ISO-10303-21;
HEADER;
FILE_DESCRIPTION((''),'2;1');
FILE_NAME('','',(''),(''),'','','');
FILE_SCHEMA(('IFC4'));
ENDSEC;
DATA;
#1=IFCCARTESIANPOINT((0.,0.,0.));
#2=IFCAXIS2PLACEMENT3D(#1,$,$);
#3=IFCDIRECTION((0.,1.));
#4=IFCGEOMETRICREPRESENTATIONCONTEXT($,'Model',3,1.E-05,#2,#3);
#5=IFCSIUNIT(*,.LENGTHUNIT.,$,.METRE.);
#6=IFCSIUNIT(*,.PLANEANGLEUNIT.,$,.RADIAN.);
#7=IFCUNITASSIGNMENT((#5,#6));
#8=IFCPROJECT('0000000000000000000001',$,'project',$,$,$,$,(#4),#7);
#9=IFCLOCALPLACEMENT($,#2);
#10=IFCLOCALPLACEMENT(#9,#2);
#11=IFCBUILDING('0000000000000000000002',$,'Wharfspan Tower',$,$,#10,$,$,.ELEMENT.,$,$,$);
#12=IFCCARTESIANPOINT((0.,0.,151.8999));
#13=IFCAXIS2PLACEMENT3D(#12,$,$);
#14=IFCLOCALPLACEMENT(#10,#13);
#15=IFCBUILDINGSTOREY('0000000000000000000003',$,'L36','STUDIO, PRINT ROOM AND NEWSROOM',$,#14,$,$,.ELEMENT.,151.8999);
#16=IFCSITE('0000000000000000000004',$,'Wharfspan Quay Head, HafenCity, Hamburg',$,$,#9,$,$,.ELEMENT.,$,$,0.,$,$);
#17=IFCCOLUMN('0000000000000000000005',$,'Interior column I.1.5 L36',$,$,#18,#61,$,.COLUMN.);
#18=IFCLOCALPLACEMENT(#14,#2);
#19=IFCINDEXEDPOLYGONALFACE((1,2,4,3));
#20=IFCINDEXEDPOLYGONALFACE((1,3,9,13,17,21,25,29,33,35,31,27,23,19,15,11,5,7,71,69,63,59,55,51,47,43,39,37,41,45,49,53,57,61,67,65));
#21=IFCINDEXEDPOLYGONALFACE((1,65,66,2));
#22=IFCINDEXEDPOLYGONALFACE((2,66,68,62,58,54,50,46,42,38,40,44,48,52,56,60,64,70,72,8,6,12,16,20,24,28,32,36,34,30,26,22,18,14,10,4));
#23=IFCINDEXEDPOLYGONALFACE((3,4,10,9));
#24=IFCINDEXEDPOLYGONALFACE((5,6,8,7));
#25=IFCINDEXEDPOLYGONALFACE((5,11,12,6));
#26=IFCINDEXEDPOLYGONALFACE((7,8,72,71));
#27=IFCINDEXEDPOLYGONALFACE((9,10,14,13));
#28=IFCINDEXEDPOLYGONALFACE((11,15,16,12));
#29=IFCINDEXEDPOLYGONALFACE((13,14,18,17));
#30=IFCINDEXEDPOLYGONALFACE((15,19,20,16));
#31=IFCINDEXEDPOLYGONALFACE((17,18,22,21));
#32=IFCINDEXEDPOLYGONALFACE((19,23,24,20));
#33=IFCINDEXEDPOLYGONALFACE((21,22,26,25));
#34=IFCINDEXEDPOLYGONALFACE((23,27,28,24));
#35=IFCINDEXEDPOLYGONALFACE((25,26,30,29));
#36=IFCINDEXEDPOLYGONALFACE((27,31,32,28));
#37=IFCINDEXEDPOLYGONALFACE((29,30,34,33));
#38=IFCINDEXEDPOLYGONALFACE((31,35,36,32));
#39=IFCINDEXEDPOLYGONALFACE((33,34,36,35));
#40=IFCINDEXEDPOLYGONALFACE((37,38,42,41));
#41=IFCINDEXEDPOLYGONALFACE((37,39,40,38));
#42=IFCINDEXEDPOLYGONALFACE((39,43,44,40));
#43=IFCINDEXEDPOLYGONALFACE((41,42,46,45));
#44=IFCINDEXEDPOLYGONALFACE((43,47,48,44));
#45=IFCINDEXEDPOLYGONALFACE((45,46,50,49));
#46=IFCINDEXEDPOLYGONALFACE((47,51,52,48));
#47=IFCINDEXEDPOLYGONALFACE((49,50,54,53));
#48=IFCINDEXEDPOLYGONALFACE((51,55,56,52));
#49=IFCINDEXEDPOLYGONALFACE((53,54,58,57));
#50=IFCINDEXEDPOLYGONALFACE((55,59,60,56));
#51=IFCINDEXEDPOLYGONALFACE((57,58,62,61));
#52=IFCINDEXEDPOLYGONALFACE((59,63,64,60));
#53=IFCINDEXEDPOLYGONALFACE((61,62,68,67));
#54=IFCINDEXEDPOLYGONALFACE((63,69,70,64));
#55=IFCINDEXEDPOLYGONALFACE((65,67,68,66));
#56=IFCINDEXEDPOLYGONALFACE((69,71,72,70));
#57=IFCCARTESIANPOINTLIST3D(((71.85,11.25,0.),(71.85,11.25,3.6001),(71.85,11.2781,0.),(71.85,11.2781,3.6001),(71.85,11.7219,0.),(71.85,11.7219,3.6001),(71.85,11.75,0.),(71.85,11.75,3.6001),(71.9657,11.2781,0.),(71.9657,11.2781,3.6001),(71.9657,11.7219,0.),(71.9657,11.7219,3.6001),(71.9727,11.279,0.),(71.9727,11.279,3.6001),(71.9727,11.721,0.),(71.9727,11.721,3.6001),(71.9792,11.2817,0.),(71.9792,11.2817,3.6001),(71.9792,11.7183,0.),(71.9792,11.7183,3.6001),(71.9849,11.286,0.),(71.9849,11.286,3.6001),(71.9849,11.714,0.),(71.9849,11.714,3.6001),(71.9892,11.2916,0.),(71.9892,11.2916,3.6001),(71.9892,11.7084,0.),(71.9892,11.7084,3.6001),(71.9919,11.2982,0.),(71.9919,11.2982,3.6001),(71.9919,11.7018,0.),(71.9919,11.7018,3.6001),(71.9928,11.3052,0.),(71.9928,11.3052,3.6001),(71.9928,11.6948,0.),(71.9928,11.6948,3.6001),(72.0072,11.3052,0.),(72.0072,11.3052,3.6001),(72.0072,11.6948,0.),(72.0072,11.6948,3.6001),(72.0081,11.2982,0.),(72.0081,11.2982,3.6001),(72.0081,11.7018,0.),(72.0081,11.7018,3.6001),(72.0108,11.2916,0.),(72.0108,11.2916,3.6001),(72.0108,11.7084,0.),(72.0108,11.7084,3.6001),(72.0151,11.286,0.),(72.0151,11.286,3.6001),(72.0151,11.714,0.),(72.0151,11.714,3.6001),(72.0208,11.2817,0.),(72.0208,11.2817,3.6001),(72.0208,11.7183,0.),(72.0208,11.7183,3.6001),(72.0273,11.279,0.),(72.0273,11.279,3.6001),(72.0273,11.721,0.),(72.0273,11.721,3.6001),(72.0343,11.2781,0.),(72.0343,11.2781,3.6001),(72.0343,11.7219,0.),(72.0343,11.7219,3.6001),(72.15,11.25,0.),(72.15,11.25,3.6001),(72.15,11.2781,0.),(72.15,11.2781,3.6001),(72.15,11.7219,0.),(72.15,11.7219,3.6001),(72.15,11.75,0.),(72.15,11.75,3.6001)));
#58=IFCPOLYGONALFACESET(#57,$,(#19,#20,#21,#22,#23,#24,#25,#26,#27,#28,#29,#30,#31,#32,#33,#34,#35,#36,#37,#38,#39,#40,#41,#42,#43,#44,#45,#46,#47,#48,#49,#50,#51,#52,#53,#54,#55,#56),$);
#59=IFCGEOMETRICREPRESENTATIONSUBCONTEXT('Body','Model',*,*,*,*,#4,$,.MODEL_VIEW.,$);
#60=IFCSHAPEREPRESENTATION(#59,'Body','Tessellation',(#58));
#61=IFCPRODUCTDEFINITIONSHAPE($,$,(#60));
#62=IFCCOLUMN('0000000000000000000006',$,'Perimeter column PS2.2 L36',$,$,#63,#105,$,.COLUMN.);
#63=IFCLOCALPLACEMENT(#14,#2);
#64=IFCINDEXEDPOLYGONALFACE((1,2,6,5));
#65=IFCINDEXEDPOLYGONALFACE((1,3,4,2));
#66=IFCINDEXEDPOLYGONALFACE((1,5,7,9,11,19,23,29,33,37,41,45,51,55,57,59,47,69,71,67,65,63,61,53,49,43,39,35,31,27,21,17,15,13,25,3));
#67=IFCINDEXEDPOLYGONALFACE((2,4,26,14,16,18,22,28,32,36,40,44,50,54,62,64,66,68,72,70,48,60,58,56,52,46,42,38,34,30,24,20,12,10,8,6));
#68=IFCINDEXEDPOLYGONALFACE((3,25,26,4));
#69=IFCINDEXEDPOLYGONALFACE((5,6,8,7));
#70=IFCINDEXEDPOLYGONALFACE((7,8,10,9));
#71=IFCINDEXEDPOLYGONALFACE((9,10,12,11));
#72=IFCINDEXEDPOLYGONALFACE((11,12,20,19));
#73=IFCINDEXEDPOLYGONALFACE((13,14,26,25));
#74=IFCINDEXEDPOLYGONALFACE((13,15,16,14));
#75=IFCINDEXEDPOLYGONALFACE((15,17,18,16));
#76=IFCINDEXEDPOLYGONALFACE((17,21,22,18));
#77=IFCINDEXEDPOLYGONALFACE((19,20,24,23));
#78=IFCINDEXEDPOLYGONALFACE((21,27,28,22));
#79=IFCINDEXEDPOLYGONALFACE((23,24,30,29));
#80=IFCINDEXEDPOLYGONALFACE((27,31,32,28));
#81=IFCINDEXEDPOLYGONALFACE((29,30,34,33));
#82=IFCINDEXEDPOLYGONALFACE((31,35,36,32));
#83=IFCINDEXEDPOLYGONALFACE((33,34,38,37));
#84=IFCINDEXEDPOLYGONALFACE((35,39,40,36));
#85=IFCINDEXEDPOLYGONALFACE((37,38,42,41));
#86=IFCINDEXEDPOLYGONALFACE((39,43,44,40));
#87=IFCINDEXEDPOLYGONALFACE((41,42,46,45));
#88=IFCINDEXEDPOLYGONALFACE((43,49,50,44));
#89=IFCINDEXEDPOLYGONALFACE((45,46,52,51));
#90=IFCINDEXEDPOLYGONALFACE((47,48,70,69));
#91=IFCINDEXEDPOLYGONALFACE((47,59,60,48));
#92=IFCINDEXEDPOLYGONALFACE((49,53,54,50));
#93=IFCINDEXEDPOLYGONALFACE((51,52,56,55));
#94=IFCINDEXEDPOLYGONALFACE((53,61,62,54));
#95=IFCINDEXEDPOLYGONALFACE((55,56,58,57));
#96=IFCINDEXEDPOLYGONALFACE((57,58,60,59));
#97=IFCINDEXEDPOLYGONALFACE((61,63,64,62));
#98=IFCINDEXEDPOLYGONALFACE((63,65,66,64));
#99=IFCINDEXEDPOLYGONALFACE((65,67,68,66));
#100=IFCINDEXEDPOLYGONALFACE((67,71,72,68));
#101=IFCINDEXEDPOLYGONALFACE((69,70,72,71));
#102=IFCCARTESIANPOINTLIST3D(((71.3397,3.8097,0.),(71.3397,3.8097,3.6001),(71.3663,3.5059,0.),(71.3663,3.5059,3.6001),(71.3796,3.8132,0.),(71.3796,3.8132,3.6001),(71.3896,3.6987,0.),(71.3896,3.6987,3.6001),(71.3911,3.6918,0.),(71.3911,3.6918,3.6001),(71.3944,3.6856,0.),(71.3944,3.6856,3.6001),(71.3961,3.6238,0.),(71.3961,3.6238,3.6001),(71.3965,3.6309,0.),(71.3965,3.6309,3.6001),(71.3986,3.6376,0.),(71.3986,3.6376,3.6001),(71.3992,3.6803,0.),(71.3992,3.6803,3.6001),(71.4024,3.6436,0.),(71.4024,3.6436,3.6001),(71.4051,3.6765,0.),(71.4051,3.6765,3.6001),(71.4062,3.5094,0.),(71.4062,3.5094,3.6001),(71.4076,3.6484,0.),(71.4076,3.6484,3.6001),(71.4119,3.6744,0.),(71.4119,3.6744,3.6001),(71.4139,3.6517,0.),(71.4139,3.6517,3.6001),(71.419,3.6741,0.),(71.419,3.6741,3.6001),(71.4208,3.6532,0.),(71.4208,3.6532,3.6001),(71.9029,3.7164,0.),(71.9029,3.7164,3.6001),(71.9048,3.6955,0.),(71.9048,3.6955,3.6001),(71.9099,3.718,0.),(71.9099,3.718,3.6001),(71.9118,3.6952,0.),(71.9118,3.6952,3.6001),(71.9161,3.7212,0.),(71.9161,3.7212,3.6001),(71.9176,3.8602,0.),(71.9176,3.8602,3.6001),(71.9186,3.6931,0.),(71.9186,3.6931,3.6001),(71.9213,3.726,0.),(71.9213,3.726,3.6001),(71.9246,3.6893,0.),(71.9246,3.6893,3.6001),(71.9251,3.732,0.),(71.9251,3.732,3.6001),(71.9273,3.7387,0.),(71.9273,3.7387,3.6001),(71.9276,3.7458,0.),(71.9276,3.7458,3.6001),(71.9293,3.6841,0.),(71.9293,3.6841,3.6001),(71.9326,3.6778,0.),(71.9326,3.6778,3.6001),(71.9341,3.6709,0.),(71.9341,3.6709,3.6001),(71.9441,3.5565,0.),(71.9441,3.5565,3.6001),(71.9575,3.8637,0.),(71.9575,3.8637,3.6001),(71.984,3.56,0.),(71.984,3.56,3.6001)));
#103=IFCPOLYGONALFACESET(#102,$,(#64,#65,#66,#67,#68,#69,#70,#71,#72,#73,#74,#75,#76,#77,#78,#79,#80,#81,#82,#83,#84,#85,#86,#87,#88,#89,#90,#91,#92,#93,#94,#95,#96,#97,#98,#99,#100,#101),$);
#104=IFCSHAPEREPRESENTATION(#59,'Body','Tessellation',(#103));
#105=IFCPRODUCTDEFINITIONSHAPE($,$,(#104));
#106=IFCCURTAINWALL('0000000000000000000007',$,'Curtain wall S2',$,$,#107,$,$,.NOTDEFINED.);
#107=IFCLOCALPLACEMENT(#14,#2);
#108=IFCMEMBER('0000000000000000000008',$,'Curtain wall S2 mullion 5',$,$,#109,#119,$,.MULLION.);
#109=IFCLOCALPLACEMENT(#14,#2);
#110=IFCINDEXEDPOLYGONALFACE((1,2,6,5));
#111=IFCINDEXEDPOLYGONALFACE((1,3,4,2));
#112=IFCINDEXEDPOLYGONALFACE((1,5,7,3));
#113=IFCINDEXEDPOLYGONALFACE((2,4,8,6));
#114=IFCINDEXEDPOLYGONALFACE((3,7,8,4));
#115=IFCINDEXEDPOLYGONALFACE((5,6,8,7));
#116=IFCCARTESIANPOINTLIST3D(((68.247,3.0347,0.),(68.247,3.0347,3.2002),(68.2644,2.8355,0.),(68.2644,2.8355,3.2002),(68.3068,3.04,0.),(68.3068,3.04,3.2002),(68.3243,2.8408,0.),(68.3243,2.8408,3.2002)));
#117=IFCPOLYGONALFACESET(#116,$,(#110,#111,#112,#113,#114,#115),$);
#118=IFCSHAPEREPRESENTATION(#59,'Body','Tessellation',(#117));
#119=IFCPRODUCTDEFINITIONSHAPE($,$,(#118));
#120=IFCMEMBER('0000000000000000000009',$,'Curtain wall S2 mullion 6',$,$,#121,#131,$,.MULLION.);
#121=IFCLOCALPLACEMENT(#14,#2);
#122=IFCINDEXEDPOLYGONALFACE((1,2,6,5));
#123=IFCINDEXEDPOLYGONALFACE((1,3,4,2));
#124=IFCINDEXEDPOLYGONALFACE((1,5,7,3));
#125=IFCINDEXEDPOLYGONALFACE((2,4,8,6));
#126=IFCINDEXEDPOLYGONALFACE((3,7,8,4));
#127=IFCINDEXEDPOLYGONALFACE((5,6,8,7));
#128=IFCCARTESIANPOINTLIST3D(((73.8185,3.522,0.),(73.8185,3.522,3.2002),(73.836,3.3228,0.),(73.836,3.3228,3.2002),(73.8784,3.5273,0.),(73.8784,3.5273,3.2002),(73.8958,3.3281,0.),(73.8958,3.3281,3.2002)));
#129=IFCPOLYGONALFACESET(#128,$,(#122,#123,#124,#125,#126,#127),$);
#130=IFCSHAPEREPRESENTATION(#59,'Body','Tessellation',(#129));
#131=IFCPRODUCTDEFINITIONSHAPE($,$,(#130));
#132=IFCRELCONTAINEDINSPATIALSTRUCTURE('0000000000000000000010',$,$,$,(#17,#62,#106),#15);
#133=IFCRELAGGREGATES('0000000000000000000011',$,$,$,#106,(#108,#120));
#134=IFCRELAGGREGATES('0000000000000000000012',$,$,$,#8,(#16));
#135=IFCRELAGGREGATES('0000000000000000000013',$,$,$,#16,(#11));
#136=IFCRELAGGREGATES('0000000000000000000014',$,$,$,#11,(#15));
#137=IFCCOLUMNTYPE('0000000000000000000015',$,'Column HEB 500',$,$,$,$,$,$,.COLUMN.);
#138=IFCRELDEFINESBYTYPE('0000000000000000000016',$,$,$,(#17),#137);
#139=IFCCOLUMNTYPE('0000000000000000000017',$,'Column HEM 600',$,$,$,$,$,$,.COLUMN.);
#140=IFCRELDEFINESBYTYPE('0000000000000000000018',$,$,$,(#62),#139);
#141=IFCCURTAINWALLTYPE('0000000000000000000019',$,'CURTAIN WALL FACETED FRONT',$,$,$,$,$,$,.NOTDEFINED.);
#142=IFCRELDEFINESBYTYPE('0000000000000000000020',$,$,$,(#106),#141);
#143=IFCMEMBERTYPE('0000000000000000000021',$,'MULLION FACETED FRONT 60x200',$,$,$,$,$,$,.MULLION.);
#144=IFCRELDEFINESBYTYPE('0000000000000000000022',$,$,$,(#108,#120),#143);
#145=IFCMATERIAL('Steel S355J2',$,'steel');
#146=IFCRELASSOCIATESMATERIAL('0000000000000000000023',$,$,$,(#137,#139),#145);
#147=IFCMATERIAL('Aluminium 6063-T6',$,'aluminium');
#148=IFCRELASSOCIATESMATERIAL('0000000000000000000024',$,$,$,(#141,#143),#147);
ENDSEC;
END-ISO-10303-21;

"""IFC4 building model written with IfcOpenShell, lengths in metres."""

from ifc_helpers import new_model, si_unit, direction, frame, origin, origin_2d, place, context, subcontext, project, spatial, rectangle, i_section, extrude, material, material_profile, profile_set, type_object, element, aggregate, save


model = new_model("IFC4")

# Units and contexts
model_context = context("Model", 3, precision=1e-05, world=origin(), true_north=direction((0.0, 1.0)))
body_context = subcontext(model_context, "Body", "Model", "MODEL_VIEW")
ifc_project = project(units=[si_unit("LENGTHUNIT", "METRE"), si_unit("PLANEANGLEUNIT", "RADIAN")], contexts=[model_context])

# Site, building, storey
site_placement = place(None, origin())
site = spatial("IfcSite", under=ifc_project, at=site_placement, Name="Wharfspan Quay Head, HafenCity, Hamburg", CompositionType="ELEMENT", RefElevation=0.0)
building_placement = place(site_placement, origin())
building = spatial("IfcBuilding", under=site, at=building_placement, Name="Wharfspan Tower", CompositionType="ELEMENT")
storey_placement = place(building_placement, frame((0.0, 0.0, 151.8999)))
storey = spatial("IfcBuildingStorey", under=building, at=storey_placement, Name="L36", Description="STUDIO, PRINT ROOM AND NEWSROOM", CompositionType="ELEMENT", Elevation=151.8999)

# Columns
ifc_material_1 = material(Name="Steel S355J2", Category="steel")
ifc_material_profile_1 = material_profile(ifc_material_1, i_section(OverallWidth=0.3, OverallDepth=0.5, WebThickness=0.0144, FlangeThickness=0.0281, FilletRadius=0.0271, at=origin_2d()))
ifc_profile_set_1 = profile_set([ifc_material_profile_1], Name="Steel S355J2")
column_type_1 = type_object("IfcColumnType", Name="Column HEB 500", PredefinedType="COLUMN", material=ifc_profile_set_1)
column_1_placement = place(storey_placement, frame((72.0, 11.5, 0.0), z_axis=(0.0, 0.0, 1.0), x_axis=(1.0, 0.0, 0.0)))
element("IfcColumn", 1, at=column_1_placement, inside=storey, type_object=column_type_1, Name="Interior column I.1.5 L36", PredefinedType="COLUMN", context=body_context, shape_type="SweptSolid", body=[
    extrude(i_section(OverallWidth=0.3, OverallDepth=0.5, WebThickness=0.0144, FlangeThickness=0.0281, FilletRadius=0.0271, at=origin_2d()), origin(), (0.0, 0.0, 1.0), 3.6001),
])
ifc_material_profile_2 = material_profile(ifc_material_1, i_section(OverallWidth=0.3049, OverallDepth=0.6201, WebThickness=0.021, FlangeThickness=0.04, FilletRadius=0.0271, at=origin_2d()))
ifc_profile_set_2 = profile_set([ifc_material_profile_2], Name="Steel S355J2")
column_type_2 = type_object("IfcColumnType", Name="Column HEM 600", PredefinedType="COLUMN", material=ifc_profile_set_2)
column_2_placement = place(storey_placement, frame((71.6619, 3.6848, 0.0), z_axis=(0.0, 0.0, 1.0), x_axis=(0.087156, -0.996198, 0.0)))
element("IfcColumn", 2, at=column_2_placement, inside=storey, type_object=column_type_2, Name="Perimeter column PS2.2 L36", PredefinedType="COLUMN", context=body_context, shape_type="SweptSolid", body=[
    extrude(i_section(OverallWidth=0.3049, OverallDepth=0.6201, WebThickness=0.021, FlangeThickness=0.04, FilletRadius=0.0271, at=origin_2d()), origin(), (0.0, 0.0, 1.0), 3.6001),
])

# Curtain wall, members
ifc_material_2 = material(Name="Aluminium 6063-T6", Category="aluminium")
curtain_wall_type = type_object("IfcCurtainWallType", Name="CURTAIN WALL FACETED FRONT", PredefinedType="NOTDEFINED", material=ifc_material_2)
curtain_wall_placement = place(storey_placement, origin())
curtain_wall = element("IfcCurtainWall", 3, at=curtain_wall_placement, inside=storey, type_object=curtain_wall_type, Name="Curtain wall S2", PredefinedType="NOTDEFINED")
ifc_material_profile_3 = material_profile(ifc_material_2, rectangle(XDim=0.2, YDim=0.0601, at=origin_2d()))
ifc_profile_set_3 = profile_set([ifc_material_profile_3], Name="Aluminium 6063-T6")
member_type_1 = type_object("IfcMemberType", Name="MULLION FACETED FRONT 60x200", PredefinedType="MULLION", material=ifc_profile_set_3)
member_1_placement = place(storey_placement, frame((68.2856, 2.9377, 0.0), z_axis=(0.0, 0.0, 1.0), x_axis=(-0.087156, 0.996198, 0.0)))
member_1 = element("IfcMember", 4, at=member_1_placement, type_object=member_type_1, Name="Curtain wall S2 mullion 5", PredefinedType="MULLION", context=body_context, shape_type="SweptSolid", body=[
    extrude(rectangle(XDim=0.2, YDim=0.0601, at=origin_2d()), origin(), (0.0, 0.0, 1.0), 3.2002),
])
member_2_placement = place(storey_placement, frame((73.8572, 3.425, 0.0), z_axis=(0.0, 0.0, 1.0), x_axis=(-0.087156, 0.996198, 0.0)))
member_2 = element("IfcMember", 5, at=member_2_placement, type_object=member_type_1, Name="Curtain wall S2 mullion 6", PredefinedType="MULLION", context=body_context, shape_type="SweptSolid", body=[
    extrude(rectangle(XDim=0.2, YDim=0.0601, at=origin_2d()), origin(), (0.0, 0.0, 1.0), 3.2002),
])

aggregate(curtain_wall, [member_1, member_2])

save(model, "model.ifc")
